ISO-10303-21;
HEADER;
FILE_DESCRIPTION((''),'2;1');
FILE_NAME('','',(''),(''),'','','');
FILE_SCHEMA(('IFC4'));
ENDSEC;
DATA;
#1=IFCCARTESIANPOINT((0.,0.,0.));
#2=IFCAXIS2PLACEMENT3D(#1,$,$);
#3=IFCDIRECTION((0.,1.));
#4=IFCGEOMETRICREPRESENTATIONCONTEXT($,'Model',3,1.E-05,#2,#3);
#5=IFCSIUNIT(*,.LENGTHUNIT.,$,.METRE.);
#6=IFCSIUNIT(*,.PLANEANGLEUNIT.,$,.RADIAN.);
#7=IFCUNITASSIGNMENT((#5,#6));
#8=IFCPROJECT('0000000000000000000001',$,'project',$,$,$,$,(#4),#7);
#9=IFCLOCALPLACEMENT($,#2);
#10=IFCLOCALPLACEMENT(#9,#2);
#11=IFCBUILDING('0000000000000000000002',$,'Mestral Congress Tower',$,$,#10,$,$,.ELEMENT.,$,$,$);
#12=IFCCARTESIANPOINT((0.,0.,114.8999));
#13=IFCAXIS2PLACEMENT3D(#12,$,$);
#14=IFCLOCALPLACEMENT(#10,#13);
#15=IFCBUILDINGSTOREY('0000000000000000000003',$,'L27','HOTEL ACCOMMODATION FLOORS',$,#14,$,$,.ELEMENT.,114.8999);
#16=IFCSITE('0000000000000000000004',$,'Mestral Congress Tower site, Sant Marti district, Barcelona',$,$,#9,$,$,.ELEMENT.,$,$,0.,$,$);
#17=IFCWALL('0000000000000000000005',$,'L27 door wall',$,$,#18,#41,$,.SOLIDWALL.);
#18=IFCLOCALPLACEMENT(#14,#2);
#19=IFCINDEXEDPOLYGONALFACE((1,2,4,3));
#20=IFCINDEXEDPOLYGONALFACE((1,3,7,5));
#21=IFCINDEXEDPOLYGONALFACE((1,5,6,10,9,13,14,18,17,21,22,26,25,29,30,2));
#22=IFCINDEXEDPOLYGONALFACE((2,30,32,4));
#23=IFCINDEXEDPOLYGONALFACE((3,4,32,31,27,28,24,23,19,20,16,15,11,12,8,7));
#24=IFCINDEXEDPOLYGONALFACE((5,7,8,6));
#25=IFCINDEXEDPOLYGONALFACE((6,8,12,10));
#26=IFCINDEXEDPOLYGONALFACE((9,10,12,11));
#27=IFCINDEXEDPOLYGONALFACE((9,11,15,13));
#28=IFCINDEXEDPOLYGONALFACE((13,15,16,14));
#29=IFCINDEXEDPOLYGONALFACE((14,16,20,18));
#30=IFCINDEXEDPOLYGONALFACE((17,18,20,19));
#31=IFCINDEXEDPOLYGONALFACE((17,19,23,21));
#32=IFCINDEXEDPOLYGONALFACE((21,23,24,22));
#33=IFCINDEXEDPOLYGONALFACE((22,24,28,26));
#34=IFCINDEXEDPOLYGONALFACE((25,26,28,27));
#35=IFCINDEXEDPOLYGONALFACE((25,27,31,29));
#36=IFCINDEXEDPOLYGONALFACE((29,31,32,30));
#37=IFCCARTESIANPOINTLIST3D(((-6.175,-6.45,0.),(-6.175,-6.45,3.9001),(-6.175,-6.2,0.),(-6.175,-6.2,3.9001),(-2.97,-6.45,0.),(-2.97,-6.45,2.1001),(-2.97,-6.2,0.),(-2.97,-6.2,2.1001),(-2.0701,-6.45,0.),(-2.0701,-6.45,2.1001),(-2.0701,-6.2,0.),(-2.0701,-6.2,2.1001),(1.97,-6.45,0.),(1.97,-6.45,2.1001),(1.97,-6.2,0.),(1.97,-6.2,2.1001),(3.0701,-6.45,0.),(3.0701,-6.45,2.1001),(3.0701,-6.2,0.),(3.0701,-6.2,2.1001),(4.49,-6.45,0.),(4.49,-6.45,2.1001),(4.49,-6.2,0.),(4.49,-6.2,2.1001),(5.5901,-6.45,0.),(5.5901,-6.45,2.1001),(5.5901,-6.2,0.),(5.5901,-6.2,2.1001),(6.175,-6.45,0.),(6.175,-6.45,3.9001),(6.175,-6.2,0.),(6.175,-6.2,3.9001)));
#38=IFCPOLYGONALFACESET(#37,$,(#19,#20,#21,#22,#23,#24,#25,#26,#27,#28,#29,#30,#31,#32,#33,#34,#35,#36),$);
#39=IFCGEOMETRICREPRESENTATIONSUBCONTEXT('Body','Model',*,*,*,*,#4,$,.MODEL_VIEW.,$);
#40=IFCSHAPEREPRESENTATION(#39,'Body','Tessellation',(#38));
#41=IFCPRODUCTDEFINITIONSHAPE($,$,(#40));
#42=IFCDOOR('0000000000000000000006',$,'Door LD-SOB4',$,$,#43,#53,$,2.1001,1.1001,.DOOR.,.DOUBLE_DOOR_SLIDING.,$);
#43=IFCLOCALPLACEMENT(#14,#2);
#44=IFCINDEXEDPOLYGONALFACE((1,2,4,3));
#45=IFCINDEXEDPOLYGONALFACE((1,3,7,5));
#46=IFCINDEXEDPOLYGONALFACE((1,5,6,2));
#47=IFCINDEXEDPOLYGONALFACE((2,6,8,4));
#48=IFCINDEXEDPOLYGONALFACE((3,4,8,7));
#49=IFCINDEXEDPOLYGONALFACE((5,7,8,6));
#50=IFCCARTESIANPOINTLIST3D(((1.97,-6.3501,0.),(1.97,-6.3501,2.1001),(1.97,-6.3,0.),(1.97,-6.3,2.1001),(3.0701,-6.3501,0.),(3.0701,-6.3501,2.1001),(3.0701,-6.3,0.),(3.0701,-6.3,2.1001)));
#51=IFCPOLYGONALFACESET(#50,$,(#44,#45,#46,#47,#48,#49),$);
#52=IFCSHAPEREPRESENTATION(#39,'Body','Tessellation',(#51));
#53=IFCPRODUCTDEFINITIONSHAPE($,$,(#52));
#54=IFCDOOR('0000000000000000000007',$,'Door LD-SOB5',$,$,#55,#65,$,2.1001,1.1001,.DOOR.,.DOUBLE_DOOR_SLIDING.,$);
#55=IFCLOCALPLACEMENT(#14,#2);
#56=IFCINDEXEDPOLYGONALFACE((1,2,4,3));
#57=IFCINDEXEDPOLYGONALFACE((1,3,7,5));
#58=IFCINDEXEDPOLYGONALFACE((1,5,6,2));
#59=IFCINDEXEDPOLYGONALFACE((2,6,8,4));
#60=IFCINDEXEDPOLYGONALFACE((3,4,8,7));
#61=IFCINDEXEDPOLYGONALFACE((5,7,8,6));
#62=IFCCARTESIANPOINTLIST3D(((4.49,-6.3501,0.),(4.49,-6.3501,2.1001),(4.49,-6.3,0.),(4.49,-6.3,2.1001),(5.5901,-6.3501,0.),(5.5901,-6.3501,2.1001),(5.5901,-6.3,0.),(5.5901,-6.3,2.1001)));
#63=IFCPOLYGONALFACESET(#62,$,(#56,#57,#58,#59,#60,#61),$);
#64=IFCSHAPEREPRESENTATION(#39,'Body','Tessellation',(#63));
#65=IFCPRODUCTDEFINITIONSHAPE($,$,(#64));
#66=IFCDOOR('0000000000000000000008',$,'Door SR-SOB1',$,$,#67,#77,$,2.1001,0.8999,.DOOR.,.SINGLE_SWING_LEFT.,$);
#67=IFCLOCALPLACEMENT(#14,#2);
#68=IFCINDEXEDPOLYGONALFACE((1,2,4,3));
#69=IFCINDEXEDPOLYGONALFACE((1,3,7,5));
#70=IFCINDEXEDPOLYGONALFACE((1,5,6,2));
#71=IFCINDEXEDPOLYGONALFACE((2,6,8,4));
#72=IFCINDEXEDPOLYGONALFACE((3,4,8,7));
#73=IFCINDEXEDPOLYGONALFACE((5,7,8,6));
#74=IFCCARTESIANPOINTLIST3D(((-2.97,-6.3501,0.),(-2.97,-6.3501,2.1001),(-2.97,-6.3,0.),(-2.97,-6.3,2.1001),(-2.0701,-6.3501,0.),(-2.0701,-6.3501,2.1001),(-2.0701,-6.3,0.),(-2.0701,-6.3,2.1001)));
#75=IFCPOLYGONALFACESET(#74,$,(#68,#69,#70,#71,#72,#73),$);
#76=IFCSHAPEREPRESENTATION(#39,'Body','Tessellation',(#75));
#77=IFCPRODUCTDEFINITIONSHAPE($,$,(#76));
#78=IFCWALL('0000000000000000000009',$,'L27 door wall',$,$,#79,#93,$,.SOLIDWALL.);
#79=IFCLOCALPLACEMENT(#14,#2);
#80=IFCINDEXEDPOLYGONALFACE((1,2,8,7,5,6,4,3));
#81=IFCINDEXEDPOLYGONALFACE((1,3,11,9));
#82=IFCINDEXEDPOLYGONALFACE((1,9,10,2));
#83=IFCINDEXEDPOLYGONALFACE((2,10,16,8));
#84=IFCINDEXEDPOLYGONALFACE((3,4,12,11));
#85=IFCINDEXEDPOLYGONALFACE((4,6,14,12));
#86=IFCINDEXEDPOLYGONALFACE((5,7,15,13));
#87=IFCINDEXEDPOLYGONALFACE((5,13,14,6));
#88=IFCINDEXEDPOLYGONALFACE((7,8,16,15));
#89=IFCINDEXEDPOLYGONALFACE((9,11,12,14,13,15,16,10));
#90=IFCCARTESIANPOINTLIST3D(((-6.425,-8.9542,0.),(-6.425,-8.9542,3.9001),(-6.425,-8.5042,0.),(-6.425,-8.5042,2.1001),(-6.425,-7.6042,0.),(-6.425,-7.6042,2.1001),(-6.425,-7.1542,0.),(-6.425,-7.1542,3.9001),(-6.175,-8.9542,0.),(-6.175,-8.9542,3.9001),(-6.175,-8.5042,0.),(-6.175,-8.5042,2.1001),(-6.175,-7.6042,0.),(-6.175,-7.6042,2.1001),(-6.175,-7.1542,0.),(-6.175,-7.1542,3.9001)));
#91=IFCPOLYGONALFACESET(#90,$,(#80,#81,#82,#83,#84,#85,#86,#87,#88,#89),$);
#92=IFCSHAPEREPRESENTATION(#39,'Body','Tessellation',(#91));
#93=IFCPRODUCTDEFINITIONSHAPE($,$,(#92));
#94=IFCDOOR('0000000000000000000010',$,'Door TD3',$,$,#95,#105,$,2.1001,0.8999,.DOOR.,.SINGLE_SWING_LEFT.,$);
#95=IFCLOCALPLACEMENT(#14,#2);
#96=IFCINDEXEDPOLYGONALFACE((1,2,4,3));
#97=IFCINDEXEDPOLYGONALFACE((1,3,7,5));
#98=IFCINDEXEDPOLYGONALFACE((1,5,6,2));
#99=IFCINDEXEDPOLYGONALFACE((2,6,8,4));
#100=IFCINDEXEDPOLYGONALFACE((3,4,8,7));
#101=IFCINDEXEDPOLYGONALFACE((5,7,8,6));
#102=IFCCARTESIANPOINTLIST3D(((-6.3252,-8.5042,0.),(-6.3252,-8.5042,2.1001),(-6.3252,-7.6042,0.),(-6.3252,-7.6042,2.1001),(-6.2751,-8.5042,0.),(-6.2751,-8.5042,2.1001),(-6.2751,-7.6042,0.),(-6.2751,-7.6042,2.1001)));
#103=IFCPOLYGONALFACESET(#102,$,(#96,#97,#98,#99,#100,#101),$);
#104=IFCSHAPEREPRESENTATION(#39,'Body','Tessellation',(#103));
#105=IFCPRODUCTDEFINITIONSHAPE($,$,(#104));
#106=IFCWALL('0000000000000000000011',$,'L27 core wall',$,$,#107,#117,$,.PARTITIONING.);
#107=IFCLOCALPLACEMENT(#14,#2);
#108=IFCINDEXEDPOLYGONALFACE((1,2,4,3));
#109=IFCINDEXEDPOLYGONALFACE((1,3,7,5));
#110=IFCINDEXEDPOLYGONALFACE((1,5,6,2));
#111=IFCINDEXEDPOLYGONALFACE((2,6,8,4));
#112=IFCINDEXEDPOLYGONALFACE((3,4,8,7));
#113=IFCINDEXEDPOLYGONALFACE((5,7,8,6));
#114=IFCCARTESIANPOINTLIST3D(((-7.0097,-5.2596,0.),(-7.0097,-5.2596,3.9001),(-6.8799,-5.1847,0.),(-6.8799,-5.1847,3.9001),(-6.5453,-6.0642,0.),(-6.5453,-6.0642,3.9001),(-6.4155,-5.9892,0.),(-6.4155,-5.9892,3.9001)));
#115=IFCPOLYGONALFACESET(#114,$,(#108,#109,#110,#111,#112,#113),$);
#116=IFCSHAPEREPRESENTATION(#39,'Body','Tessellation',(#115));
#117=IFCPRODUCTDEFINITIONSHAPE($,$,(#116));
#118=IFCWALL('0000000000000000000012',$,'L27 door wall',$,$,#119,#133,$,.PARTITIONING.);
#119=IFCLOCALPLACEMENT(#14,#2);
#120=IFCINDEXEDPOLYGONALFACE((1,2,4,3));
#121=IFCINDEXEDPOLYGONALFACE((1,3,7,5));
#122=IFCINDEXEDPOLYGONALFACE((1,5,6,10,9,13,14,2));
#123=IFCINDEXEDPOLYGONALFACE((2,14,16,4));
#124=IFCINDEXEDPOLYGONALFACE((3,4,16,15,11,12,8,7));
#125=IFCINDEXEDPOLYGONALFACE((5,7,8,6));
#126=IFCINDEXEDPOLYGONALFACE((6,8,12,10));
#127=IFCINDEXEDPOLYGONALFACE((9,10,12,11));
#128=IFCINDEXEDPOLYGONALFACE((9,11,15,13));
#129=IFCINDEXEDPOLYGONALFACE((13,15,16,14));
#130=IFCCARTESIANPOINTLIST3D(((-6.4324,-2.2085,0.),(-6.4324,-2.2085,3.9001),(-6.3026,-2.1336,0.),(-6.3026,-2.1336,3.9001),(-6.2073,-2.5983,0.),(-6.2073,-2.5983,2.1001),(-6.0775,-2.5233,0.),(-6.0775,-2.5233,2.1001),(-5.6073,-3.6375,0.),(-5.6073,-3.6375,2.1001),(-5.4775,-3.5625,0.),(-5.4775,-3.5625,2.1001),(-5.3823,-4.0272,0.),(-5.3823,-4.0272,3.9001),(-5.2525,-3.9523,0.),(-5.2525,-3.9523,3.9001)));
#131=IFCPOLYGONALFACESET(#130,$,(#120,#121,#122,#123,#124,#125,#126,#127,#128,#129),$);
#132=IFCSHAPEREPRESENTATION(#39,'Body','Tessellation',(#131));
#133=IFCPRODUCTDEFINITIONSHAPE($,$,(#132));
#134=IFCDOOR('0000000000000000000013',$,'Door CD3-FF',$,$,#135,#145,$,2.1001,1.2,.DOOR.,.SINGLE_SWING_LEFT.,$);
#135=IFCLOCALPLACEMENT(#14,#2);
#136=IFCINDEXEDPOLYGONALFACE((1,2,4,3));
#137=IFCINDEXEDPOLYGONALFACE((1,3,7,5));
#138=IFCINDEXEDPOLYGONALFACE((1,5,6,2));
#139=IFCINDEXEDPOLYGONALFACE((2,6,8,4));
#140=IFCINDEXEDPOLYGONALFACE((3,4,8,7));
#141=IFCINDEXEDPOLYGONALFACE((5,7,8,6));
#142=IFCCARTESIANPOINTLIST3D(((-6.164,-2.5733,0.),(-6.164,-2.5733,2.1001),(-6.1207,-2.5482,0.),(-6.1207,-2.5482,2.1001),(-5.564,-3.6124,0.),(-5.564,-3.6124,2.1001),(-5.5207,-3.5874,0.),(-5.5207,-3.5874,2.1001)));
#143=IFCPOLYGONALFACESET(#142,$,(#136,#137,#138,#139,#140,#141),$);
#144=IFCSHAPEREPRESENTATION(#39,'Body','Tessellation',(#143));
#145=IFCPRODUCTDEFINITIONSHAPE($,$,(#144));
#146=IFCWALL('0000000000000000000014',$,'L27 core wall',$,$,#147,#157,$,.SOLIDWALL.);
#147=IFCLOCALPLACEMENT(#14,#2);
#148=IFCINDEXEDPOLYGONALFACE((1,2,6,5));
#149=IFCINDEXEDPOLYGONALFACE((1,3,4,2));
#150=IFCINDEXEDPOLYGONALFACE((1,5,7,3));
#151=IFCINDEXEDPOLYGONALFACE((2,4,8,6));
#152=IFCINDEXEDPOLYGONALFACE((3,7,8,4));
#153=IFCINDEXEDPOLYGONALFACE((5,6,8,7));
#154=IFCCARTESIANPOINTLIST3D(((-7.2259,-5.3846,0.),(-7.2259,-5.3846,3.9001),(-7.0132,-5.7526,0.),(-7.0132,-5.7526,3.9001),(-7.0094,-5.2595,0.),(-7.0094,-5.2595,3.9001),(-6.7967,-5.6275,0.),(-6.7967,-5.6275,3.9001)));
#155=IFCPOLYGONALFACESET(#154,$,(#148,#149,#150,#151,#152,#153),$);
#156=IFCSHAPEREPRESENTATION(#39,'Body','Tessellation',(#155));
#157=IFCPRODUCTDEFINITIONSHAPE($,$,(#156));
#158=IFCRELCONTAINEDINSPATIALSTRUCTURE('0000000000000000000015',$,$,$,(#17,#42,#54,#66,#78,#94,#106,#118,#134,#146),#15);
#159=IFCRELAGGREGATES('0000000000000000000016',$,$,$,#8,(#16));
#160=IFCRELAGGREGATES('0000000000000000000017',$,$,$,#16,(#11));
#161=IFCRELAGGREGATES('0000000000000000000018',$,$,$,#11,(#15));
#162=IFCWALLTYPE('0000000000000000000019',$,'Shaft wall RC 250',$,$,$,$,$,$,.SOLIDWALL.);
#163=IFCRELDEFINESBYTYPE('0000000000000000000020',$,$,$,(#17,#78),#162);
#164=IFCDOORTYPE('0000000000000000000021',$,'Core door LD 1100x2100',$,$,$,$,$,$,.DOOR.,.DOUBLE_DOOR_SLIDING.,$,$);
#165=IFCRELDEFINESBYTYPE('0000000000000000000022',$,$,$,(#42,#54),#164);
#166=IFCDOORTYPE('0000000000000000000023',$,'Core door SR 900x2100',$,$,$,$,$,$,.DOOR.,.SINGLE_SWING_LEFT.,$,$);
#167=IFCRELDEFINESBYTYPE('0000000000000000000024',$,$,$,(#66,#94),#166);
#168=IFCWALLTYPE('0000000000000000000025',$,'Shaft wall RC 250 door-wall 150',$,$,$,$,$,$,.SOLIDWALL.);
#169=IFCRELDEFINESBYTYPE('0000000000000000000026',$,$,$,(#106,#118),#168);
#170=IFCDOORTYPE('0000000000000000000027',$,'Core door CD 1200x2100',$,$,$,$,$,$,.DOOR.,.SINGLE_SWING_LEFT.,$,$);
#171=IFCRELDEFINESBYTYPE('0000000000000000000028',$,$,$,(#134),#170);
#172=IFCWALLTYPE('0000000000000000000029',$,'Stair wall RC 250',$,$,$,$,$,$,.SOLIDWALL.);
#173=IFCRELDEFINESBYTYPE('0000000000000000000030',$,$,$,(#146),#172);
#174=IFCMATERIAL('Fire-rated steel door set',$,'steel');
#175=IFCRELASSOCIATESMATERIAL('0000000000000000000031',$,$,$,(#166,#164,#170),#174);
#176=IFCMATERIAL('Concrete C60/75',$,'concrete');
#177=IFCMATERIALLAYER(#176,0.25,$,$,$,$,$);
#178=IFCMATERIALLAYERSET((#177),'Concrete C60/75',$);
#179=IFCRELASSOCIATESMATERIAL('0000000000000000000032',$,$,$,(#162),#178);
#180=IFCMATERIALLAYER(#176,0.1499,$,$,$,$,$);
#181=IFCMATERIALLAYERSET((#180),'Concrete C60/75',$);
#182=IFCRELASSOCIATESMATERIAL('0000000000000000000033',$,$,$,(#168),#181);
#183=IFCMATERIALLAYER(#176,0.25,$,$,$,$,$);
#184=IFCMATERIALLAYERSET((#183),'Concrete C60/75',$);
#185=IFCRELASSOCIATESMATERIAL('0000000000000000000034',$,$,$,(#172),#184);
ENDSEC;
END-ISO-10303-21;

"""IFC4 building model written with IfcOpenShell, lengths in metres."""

from ifc_helpers import new_model, si_unit, direction, frame, frame_2d, origin, place, context, subcontext, project, spatial, rectangle, extrude, material, layer, layer_set, type_object, element, fill, save


model = new_model("IFC4")

# Units and contexts
model_context = context("Model", 3, precision=1e-05, world=origin(), true_north=direction((0.0, 1.0)))
body_context = subcontext(model_context, "Body", "Model", "MODEL_VIEW")
ifc_project = project(units=[si_unit("LENGTHUNIT", "METRE"), si_unit("PLANEANGLEUNIT", "RADIAN")], contexts=[model_context])

# Site, building, storey
site_placement = place(None, origin())
site = spatial("IfcSite", under=ifc_project, at=site_placement, Name="Mestral Congress Tower site, Sant Marti district, Barcelona", CompositionType="ELEMENT", RefElevation=0.0)
building_placement = place(site_placement, origin())
building = spatial("IfcBuilding", under=site, at=building_placement, Name="Mestral Congress Tower", CompositionType="ELEMENT")
storey_placement = place(building_placement, frame((0.0, 0.0, 114.8999)))
storey = spatial("IfcBuildingStorey", under=building, at=storey_placement, Name="L27", Description="HOTEL ACCOMMODATION FLOORS", CompositionType="ELEMENT", Elevation=114.8999)

# Shared definitions
ifc_material_1 = material(Name="Fire-rated steel door set", Category="steel")
door_type_1 = type_object("IfcDoorType", Name="Core door SR 900x2100", OperationType="SINGLE_SWING_LEFT", PredefinedType="DOOR", material=ifc_material_1)

# Shared definitions
ifc_material_2 = material(Name="Concrete C60/75", Category="concrete")
ifc_layer_1 = layer(ifc_material_2, 0.25)
ifc_layer_set_1 = layer_set([ifc_layer_1], Name="Concrete C60/75")
wall_type_1 = type_object("IfcWallType", Name="Shaft wall RC 250", PredefinedType="SOLIDWALL", material=ifc_layer_set_1)

# Wall, openings, doors
door_type_2 = type_object("IfcDoorType", Name="Core door LD 1100x2100", OperationType="DOUBLE_DOOR_SLIDING", PredefinedType="DOOR", material=ifc_material_1)
wall_1_placement = place(storey_placement, frame((-6.175, -6.325, 0.0), z_axis=(0.0, 0.0, 1.0), x_axis=(1.0, 0.0, 0.0)))
wall_1 = element("IfcWall", 1, at=wall_1_placement, inside=storey, type_object=wall_type_1, Name="L27 door wall", PredefinedType="SOLIDWALL", context=body_context, shape_type="SweptSolid", body=[
    extrude(rectangle(XDim=12.3501, YDim=0.25, at=frame_2d((6.175, 0.0))), origin(), (0.0, 0.0, 1.0), 3.9001),
])
opening_1_placement = place(wall_1_placement, frame((3.2051, 0.0, 0.0)))
opening_1 = element("IfcOpeningElement", 2, at=opening_1_placement, cuts=wall_1, PredefinedType="OPENING", context=body_context, shape_type="SweptSolid", body=[
    extrude(rectangle(XDim=0.8999, YDim=2.1001, at=frame_2d((0.45, 1.05))), frame((0.0, 0.135, 0.0), z_axis=(0.0, -1.0, 0.0), x_axis=(1.0, 0.0, 0.0)), (0.0, 0.0, 1.0), 0.27),
])
opening_2_placement = place(wall_1_placement, frame((8.145, 0.0, 0.0)))
opening_2 = element("IfcOpeningElement", 3, at=opening_2_placement, cuts=wall_1, PredefinedType="OPENING", context=body_context, shape_type="SweptSolid", body=[
    extrude(rectangle(XDim=1.1001, YDim=2.1001, at=frame_2d((0.55, 1.05))), frame((0.0, 0.135, 0.0), z_axis=(0.0, -1.0, 0.0), x_axis=(1.0, 0.0, 0.0)), (0.0, 0.0, 1.0), 0.27),
])
opening_3_placement = place(wall_1_placement, frame((10.665, 0.0, 0.0)))
opening_3 = element("IfcOpeningElement", 4, at=opening_3_placement, cuts=wall_1, PredefinedType="OPENING", context=body_context, shape_type="SweptSolid", body=[
    extrude(rectangle(XDim=1.1001, YDim=2.1001, at=frame_2d((0.55, 1.05))), frame((0.0, 0.135, 0.0), z_axis=(0.0, -1.0, 0.0), x_axis=(1.0, 0.0, 0.0)), (0.0, 0.0, 1.0), 0.27),
])
door_1_placement = place(opening_2_placement, origin())
door_1 = element("IfcDoor", 5, at=door_1_placement, inside=storey, type_object=door_type_2, Name="Door LD-SOB4", OperationType="DOUBLE_DOOR_SLIDING", OverallHeight=2.1001, OverallWidth=1.1001, PredefinedType="DOOR", context=body_context, shape_type="SweptSolid", body=[
    extrude(rectangle(XDim=1.1001, YDim=2.1001, at=frame_2d((0.55, 1.05))), frame((0.0, 0.0249, 0.0), z_axis=(0.0, -1.0, 0.0), x_axis=(1.0, 0.0, 0.0)), (0.0, 0.0, 1.0), 0.05),
])
fill(opening_2, door_1)
door_2_placement = place(opening_3_placement, origin())
door_2 = element("IfcDoor", 6, at=door_2_placement, inside=storey, type_object=door_type_2, Name="Door LD-SOB5", OperationType="DOUBLE_DOOR_SLIDING", OverallHeight=2.1001, OverallWidth=1.1001, PredefinedType="DOOR", context=body_context, shape_type="SweptSolid", body=[
    extrude(rectangle(XDim=1.1001, YDim=2.1001, at=frame_2d((0.55, 1.05))), frame((0.0, 0.0249, 0.0), z_axis=(0.0, -1.0, 0.0), x_axis=(1.0, 0.0, 0.0)), (0.0, 0.0, 1.0), 0.05),
])
fill(opening_3, door_2)
door_3_placement = place(opening_1_placement, origin())
door_3 = element("IfcDoor", 7, at=door_3_placement, inside=storey, type_object=door_type_1, Name="Door SR-SOB1", OperationType="SINGLE_SWING_LEFT", OverallHeight=2.1001, OverallWidth=0.8999, PredefinedType="DOOR", context=body_context, shape_type="SweptSolid", body=[
    extrude(rectangle(XDim=0.8999, YDim=2.1001, at=frame_2d((0.45, 1.05))), frame((0.0, 0.0249, 0.0), z_axis=(0.0, -1.0, 0.0), x_axis=(1.0, 0.0, 0.0)), (0.0, 0.0, 1.0), 0.05),
])
fill(opening_1, door_3)

# Wall, opening, door
wall_2_placement = place(storey_placement, frame((-6.3, -7.1543, 0.0), z_axis=(0.0, 0.0, 1.0), x_axis=(0.0, -1.0, 0.0)))
wall_2 = element("IfcWall", 8, at=wall_2_placement, inside=storey, type_object=wall_type_1, Name="L27 door wall", PredefinedType="SOLIDWALL", context=body_context, shape_type="SweptSolid", body=[
    extrude(rectangle(XDim=1.8, YDim=0.25, at=frame_2d((0.8999, 0.0))), origin(), (0.0, 0.0, 1.0), 3.9001),
])
opening_4_placement = place(wall_2_placement, frame((0.45, 0.0, 0.0)))
opening_4 = element("IfcOpeningElement", 9, at=opening_4_placement, cuts=wall_2, PredefinedType="OPENING", context=body_context, shape_type="SweptSolid", body=[
    extrude(rectangle(XDim=0.8999, YDim=2.1001, at=frame_2d((0.45, 1.05))), frame((0.0, 0.135, 0.0), z_axis=(0.0, -1.0, 0.0), x_axis=(1.0, 0.0, 0.0)), (0.0, 0.0, 1.0), 0.27),
])
door_4_placement = place(opening_4_placement, origin())
door_4 = element("IfcDoor", 10, at=door_4_placement, inside=storey, type_object=door_type_1, Name="Door TD3", OperationType="SINGLE_SWING_LEFT", OverallHeight=2.1001, OverallWidth=0.8999, PredefinedType="DOOR", context=body_context, shape_type="SweptSolid", body=[
    extrude(rectangle(XDim=0.8999, YDim=2.1001, at=frame_2d((0.45, 1.05))), frame((0.0, 0.0249, 0.0), z_axis=(0.0, -1.0, 0.0), x_axis=(1.0, 0.0, 0.0)), (0.0, 0.0, 1.0), 0.05),
])
fill(opening_4, door_4)

# Wall
ifc_layer_2 = layer(ifc_material_2, 0.1499)
ifc_layer_set_2 = layer_set([ifc_layer_2], Name="Concrete C60/75")
wall_type_2 = type_object("IfcWallType", Name="Shaft wall RC 250 door-wall 150", PredefinedType="SOLIDWALL", material=ifc_layer_set_2)
wall_3_placement = place(storey_placement, frame((-6.4805, -6.0266, 0.0), z_axis=(0.0, 0.0, 1.0), x_axis=(-0.499927, 0.866067, 0.0)))
element("IfcWall", 11, at=wall_3_placement, inside=storey, type_object=wall_type_2, Name="L27 core wall", PredefinedType="PARTITIONING", context=body_context, shape_type="SweptSolid", body=[
    extrude(rectangle(XDim=0.929, YDim=0.1499, at=frame_2d((0.4644, 0.0))), origin(), (0.0, 0.0, 1.0), 3.9001),
])

# Wall, opening, door
wall_4_placement = place(storey_placement, frame((-5.3174, -3.9897, 0.0), z_axis=(0.0, 0.0, 1.0), x_axis=(-0.500028, 0.866009, 0.0)))
wall_4 = element("IfcWall", 12, at=wall_4_placement, inside=storey, type_object=wall_type_2, Name="L27 door wall", PredefinedType="PARTITIONING", context=body_context, shape_type="SweptSolid", body=[
    extrude(rectangle(XDim=2.1001, YDim=0.1499, at=frame_2d((1.05, 0.0))), origin(), (0.0, 0.0, 1.0), 3.9001),
])
opening_5_placement = place(wall_4_placement, frame((0.45, 0.0, 0.0)))
opening_5 = element("IfcOpeningElement", 13, at=opening_5_placement, cuts=wall_4, PredefinedType="OPENING", context=body_context, shape_type="SweptSolid", body=[
    extrude(rectangle(XDim=1.2, YDim=2.1001, at=frame_2d((0.6001, 1.05))), frame((0.0, 0.085, 0.0), z_axis=(0.0, -1.0, 0.0), x_axis=(1.0, 0.0, 0.0)), (0.0, 0.0, 1.0), 0.1699),
])
door_type_3 = type_object("IfcDoorType", Name="Core door CD 1200x2100", OperationType="SINGLE_SWING_LEFT", PredefinedType="DOOR", material=ifc_material_1)
door_5_placement = place(opening_5_placement, origin())
door_5 = element("IfcDoor", 14, at=door_5_placement, inside=storey, type_object=door_type_3, Name="Door CD3-FF", OperationType="SINGLE_SWING_LEFT", OverallHeight=2.1001, OverallWidth=1.2, PredefinedType="DOOR", context=body_context, shape_type="SweptSolid", body=[
    extrude(rectangle(XDim=1.2, YDim=2.1001, at=frame_2d((0.6001, 1.05))), frame((0.0, 0.0249, 0.0), z_axis=(0.0, -1.0, 0.0), x_axis=(1.0, 0.0, 0.0)), (0.0, 0.0, 1.0), 0.05),
])
fill(opening_5, door_5)

# Wall
ifc_layer_3 = layer(ifc_material_2, 0.25)
ifc_layer_set_3 = layer_set([ifc_layer_3], Name="Concrete C60/75")
wall_type_3 = type_object("IfcWallType", Name="Stair wall RC 250", PredefinedType="SOLIDWALL", material=ifc_layer_set_3)
wall_5_placement = place(storey_placement, frame((-6.905, -5.6899, 0.0), z_axis=(0.0, 0.0, 1.0), x_axis=(-0.500402, 0.865793, 0.0)))
element("IfcWall", 15, at=wall_5_placement, inside=storey, type_object=wall_type_3, Name="L27 core wall", PredefinedType="SOLIDWALL", context=body_context, shape_type="SweptSolid", body=[
    extrude(rectangle(XDim=0.425, YDim=0.25, at=frame_2d((0.2124, 0.0))), origin(), (0.0, 0.0, 1.0), 3.9001),
])

save(model, "model.ifc")
